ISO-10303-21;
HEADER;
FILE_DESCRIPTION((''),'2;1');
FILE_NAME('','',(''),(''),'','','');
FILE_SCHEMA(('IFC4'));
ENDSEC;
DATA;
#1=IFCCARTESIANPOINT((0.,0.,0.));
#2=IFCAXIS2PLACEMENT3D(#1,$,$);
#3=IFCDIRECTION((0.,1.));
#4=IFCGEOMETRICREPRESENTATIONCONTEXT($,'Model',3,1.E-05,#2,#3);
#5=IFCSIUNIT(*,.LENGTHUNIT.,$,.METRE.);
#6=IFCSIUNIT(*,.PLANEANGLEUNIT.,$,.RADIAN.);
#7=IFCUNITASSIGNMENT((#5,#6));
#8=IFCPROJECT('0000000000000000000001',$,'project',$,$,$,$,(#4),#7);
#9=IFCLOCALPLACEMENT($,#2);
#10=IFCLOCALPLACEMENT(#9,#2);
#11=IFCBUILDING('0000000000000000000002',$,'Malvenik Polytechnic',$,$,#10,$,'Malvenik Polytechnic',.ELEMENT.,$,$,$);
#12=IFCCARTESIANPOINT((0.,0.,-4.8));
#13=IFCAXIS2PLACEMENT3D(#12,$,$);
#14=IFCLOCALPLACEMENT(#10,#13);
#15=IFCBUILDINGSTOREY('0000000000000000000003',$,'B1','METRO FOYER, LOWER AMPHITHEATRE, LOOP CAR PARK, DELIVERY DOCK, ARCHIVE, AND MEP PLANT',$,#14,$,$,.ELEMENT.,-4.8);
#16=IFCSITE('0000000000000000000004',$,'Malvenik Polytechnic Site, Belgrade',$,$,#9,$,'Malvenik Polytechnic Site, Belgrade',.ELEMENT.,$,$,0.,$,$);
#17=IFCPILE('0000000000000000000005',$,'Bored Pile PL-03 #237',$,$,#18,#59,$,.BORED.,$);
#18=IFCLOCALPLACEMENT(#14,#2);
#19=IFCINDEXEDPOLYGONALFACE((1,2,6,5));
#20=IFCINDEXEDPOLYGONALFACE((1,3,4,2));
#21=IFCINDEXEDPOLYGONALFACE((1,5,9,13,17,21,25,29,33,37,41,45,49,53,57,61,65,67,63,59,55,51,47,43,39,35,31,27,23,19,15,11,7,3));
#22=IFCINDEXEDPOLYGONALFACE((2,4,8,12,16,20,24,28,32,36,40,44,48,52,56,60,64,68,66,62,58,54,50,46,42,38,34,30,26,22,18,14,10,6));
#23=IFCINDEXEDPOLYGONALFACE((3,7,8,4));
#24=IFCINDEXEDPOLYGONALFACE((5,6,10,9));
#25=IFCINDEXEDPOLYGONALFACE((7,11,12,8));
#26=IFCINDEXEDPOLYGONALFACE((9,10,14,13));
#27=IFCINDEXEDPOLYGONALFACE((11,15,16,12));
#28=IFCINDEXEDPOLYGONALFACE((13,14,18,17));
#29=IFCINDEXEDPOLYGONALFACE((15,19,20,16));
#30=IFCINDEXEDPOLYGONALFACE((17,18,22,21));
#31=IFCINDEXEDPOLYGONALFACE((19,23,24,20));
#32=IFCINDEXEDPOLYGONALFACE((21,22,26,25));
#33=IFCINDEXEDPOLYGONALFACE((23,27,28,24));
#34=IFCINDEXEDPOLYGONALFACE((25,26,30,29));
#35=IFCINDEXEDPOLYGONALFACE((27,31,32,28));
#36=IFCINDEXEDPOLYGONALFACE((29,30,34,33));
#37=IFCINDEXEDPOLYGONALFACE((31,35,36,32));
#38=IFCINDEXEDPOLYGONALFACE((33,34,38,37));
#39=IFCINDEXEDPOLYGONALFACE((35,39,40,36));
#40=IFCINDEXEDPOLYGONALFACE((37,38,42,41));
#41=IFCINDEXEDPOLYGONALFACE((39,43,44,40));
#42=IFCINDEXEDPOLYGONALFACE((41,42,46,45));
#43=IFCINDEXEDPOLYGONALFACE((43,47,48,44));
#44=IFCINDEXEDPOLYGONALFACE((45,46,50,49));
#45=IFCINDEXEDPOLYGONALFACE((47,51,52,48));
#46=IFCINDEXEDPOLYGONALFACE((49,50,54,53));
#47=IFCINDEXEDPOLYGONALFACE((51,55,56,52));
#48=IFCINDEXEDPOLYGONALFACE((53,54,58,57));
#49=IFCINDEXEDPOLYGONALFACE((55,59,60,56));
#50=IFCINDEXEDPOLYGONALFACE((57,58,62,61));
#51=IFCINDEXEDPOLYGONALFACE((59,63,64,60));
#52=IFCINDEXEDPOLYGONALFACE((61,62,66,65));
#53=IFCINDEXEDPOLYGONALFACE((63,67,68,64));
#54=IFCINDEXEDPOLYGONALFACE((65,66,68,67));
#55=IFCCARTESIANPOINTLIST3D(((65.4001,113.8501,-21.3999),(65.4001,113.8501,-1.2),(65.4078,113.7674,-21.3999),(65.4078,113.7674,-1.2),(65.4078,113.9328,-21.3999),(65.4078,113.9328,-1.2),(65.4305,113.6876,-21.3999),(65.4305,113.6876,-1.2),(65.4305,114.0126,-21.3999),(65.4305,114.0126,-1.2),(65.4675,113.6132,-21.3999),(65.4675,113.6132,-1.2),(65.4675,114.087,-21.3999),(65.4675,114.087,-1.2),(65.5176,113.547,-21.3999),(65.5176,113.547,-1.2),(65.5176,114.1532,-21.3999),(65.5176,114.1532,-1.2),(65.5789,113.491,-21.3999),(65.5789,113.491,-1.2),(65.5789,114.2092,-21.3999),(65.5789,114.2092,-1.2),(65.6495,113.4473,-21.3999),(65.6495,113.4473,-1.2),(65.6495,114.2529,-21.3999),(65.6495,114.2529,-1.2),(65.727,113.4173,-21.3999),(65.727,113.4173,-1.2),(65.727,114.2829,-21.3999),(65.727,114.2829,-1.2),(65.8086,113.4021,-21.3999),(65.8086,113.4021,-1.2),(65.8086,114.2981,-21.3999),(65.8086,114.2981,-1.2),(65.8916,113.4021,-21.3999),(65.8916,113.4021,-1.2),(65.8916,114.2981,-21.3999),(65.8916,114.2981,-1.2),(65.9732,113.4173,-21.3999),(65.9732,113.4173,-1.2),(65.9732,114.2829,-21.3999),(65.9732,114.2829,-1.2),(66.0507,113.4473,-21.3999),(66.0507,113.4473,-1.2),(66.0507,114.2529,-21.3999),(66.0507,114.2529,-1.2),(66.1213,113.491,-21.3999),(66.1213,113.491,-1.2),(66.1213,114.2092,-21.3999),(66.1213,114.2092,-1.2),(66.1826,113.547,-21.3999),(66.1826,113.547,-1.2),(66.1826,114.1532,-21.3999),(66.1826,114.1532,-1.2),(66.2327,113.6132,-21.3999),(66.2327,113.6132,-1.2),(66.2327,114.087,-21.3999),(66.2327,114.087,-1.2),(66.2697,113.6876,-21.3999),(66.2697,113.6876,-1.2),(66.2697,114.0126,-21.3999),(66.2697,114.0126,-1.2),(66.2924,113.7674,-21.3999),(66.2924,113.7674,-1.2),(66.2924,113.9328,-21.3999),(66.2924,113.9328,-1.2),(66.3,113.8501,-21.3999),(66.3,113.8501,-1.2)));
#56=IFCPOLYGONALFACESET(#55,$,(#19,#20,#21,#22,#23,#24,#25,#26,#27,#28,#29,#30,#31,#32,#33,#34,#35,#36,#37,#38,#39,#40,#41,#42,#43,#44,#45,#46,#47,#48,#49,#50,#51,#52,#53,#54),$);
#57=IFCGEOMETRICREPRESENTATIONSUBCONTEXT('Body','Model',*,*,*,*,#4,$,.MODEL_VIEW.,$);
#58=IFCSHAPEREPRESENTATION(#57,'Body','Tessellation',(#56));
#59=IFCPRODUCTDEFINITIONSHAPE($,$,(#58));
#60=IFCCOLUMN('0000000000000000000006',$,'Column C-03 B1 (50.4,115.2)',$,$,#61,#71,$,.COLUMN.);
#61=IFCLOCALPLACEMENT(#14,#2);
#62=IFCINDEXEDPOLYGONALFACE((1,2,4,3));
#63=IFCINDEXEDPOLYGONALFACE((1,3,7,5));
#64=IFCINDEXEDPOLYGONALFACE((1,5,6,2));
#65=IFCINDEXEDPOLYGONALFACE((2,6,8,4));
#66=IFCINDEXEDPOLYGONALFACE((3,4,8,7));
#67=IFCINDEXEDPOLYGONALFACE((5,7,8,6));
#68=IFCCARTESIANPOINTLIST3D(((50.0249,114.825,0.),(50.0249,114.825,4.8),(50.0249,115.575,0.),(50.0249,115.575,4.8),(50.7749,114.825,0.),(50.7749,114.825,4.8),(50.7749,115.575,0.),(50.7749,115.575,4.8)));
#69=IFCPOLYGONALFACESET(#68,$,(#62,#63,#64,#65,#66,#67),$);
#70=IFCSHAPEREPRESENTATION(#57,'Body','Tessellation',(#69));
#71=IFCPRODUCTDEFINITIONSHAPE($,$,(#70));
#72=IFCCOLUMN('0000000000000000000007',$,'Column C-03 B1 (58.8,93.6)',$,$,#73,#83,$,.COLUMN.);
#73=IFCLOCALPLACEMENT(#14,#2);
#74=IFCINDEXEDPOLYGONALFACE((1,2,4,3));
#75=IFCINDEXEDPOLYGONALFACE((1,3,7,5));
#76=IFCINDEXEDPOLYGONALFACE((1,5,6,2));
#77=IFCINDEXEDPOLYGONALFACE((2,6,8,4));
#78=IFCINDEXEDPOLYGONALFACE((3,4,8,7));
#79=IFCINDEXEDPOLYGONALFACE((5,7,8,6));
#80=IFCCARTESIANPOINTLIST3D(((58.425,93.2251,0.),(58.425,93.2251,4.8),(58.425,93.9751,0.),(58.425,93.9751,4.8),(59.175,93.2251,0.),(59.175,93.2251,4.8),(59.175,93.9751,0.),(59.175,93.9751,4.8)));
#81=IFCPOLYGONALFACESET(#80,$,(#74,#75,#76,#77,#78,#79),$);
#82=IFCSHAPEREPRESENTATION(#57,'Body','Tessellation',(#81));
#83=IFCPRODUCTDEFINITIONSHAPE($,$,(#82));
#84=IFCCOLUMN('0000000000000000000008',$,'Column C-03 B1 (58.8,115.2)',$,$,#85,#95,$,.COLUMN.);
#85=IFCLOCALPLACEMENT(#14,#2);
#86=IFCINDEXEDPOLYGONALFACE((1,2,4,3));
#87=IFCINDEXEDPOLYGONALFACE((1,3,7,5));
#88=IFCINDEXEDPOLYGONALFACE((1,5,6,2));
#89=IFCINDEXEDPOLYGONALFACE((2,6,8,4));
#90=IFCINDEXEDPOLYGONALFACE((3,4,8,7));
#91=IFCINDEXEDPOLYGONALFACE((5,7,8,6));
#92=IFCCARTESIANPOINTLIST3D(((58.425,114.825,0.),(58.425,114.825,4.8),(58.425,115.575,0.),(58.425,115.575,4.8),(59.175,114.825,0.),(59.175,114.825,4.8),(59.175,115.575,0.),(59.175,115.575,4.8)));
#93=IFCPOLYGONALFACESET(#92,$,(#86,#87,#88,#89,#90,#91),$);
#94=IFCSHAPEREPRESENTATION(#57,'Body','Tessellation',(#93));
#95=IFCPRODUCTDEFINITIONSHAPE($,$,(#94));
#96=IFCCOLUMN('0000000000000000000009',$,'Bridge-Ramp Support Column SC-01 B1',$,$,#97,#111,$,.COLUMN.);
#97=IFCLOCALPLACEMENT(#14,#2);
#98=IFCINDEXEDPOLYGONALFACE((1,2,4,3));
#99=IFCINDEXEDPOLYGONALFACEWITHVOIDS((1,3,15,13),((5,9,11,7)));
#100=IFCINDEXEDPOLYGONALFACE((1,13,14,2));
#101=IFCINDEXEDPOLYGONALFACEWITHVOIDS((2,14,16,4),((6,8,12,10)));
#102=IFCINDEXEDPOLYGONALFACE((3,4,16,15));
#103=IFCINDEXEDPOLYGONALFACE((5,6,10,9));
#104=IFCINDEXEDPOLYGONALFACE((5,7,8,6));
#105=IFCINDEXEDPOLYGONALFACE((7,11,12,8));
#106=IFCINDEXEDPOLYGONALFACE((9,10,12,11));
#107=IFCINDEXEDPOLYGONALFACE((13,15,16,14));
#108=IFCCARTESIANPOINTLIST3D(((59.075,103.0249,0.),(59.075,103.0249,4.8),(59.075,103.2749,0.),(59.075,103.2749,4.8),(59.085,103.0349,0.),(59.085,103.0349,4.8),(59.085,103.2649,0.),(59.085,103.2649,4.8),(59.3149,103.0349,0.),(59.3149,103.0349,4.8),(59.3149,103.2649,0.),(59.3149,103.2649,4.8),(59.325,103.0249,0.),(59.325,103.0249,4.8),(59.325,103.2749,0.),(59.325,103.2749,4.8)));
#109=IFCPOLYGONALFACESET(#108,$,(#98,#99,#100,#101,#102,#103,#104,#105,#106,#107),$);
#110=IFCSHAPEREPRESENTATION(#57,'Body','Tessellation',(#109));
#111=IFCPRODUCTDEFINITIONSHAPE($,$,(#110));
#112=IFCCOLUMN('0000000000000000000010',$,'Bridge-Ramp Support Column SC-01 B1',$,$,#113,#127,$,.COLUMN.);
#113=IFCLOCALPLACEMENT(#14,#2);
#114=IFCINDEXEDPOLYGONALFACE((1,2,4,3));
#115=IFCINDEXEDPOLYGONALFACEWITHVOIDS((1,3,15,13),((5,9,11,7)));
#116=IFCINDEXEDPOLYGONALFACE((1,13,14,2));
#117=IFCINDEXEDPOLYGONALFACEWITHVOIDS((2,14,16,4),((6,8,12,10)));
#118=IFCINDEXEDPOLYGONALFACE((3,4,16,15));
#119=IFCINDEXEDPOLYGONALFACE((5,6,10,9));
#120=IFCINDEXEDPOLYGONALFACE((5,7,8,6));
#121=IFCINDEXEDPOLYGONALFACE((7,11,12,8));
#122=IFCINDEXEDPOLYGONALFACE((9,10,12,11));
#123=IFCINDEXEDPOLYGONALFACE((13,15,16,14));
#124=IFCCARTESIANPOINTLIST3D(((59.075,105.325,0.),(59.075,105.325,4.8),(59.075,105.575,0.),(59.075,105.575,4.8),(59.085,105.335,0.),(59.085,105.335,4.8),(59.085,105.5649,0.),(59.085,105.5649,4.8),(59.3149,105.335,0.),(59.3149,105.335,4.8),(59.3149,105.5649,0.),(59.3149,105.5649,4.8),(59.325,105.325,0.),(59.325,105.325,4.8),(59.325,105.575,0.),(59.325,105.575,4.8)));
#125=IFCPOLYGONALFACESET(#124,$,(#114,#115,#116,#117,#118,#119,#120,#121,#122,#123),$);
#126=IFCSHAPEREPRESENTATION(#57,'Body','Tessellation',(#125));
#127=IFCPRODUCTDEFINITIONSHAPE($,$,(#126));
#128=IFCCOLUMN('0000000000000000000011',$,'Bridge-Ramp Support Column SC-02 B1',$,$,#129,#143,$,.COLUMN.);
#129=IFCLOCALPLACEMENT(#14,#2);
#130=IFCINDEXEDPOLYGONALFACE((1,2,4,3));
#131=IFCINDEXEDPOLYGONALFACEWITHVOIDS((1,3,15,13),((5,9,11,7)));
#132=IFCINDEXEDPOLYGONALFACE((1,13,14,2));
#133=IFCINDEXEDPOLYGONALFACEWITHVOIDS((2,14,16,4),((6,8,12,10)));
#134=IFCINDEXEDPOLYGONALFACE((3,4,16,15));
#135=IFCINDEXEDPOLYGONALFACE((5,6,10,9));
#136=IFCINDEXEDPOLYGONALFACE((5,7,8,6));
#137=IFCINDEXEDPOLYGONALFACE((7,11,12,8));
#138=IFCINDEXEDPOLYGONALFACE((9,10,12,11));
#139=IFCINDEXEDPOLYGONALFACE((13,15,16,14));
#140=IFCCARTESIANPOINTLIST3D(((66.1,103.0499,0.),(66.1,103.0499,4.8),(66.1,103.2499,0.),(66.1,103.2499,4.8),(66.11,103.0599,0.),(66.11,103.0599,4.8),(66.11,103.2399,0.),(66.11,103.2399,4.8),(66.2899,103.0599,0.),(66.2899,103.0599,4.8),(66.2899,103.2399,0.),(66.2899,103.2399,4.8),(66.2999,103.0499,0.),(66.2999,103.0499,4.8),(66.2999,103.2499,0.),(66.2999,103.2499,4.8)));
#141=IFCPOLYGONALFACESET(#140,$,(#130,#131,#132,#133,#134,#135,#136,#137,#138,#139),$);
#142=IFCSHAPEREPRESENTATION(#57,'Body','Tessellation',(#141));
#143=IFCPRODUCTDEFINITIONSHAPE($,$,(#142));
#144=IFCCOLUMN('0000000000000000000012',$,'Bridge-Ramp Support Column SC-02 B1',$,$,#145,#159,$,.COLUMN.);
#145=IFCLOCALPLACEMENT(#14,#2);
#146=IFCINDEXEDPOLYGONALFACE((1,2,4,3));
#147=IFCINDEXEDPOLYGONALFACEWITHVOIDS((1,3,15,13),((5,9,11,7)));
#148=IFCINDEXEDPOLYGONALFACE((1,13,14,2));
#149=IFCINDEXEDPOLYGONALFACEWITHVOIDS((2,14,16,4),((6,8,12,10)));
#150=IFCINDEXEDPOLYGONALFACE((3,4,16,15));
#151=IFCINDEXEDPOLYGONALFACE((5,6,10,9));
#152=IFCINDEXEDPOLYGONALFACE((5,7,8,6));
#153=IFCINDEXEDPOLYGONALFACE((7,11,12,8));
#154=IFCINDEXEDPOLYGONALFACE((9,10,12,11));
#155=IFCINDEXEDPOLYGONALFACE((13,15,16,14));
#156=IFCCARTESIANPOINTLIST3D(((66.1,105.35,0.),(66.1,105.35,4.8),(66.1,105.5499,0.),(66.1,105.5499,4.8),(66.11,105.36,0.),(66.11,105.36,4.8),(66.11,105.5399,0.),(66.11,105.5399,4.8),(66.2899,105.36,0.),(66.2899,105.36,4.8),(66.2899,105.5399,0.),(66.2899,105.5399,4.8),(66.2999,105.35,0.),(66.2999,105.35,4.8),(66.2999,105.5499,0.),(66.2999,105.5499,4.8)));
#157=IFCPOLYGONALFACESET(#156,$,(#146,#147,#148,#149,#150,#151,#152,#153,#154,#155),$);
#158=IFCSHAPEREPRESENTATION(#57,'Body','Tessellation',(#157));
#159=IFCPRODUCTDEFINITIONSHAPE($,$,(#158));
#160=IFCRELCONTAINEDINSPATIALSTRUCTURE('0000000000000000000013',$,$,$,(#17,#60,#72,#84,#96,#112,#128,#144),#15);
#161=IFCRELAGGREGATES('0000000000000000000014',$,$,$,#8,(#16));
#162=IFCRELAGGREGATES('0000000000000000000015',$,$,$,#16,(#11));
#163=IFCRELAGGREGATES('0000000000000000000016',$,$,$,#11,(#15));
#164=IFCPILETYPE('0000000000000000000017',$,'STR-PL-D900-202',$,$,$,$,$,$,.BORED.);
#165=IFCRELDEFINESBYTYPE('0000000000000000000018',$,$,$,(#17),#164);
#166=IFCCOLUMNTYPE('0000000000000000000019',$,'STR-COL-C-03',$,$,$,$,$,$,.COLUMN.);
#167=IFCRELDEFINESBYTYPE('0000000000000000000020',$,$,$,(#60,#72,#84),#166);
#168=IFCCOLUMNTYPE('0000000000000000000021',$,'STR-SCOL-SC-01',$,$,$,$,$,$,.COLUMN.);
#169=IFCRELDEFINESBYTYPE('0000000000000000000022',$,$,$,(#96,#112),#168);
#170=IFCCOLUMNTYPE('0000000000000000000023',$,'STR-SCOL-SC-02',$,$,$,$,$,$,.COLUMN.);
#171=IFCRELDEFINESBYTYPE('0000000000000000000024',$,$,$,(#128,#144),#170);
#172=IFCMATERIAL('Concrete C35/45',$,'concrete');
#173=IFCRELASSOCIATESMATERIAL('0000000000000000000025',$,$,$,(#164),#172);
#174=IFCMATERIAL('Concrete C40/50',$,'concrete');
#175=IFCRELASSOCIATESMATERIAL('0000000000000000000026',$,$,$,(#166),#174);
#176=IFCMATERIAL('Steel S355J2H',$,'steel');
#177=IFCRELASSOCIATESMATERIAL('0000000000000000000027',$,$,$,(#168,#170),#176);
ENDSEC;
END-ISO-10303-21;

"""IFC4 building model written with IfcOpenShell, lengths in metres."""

from ifc_helpers import new_model, si_unit, direction, frame, origin, origin_2d, place, context, subcontext, project, spatial, rectangle, hollow_rectangle, circle, extrude, material, material_profile, profile_set, type_object, element, save


model = new_model("IFC4")

# Units and contexts
model_context = context("Model", 3, precision=1e-05, world=origin(), true_north=direction((0.0, 1.0)))
body_context = subcontext(model_context, "Body", "Model", "MODEL_VIEW")
ifc_project = project(units=[si_unit("LENGTHUNIT", "METRE"), si_unit("PLANEANGLEUNIT", "RADIAN")], contexts=[model_context])

# Site, building, storey
site_placement = place(None, origin())
site = spatial("IfcSite", under=ifc_project, at=site_placement, Name="Malvenik Polytechnic Site, Belgrade", LongName="Malvenik Polytechnic Site, Belgrade", CompositionType="ELEMENT", RefElevation=0.0)
building_placement = place(site_placement, origin())
building = spatial("IfcBuilding", under=site, at=building_placement, Name="Malvenik Polytechnic", LongName="Malvenik Polytechnic", CompositionType="ELEMENT")
storey_placement = place(building_placement, frame((0.0, 0.0, -4.8)))
storey = spatial("IfcBuildingStorey", under=building, at=storey_placement, Name="B1", Description="METRO FOYER, LOWER AMPHITHEATRE, LOOP CAR PARK, DELIVERY DOCK, ARCHIVE, AND MEP PLANT", CompositionType="ELEMENT", Elevation=-4.8)

# Shared definitions
ifc_material_1 = material(Name="Concrete C35/45", Category="concrete")

# Pile
ifc_material_profile_1 = material_profile(ifc_material_1, circle(Radius=0.45, at=origin_2d()), Name="BORED PILE D900")
ifc_profile_set_1 = profile_set([ifc_material_profile_1], Name="Concrete C35/45")
pile_type = type_object("IfcPileType", Name="STR-PL-D900-202", PredefinedType="BORED", material=ifc_profile_set_1)
for number, where, z_axis, x_axis, name in (
    (1, (65.8501, 113.8501, -1.2), (0.0, 0.0, -1.0), (1.0, 0.0, 0.0), "Bored Pile PL-03 #237"),
):
    element("IfcPile", number, at=place(storey_placement, frame(where, z_axis=z_axis, x_axis=x_axis)), inside=storey, type_object=pile_type, Name=name, PredefinedType="BORED", context=body_context, shape_type="SweptSolid", body=[
        extrude(circle(Radius=0.45, at=origin_2d()), origin(), (0.0, 0.0, 1.0), 20.2),
    ])

# Columns
ifc_material_2 = material(Name="Concrete C40/50", Category="concrete")
ifc_material_profile_2 = material_profile(ifc_material_2, rectangle(XDim=0.75, YDim=0.75, at=origin_2d()), Name="RC COL 750x750")
ifc_profile_set_2 = profile_set([ifc_material_profile_2], Name="Concrete C40/50")
column_type_1 = type_object("IfcColumnType", Name="STR-COL-C-03", PredefinedType="COLUMN", material=ifc_profile_set_2)
for number, where, z_axis, x_axis, name in (
    (2, (50.3999, 115.2, 0.0), (0.0, 0.0, 1.0), (1.0, 0.0, 0.0), "Column C-03 B1 (50.4,115.2)"),
    (3, (58.8, 93.6001, 0.0), (0.0, 0.0, 1.0), (1.0, 0.0, 0.0), "Column C-03 B1 (58.8,93.6)"),
    (4, (58.8, 115.2, 0.0), (0.0, 0.0, 1.0), (1.0, 0.0, 0.0), "Column C-03 B1 (58.8,115.2)"),
):
    element("IfcColumn", number, at=place(storey_placement, frame(where, z_axis=z_axis, x_axis=x_axis)), inside=storey, type_object=column_type_1, Name=name, PredefinedType="COLUMN", context=body_context, shape_type="SweptSolid", body=[
        extrude(rectangle(XDim=0.75, YDim=0.75, at=origin_2d()), origin(), (0.0, 0.0, 1.0), 4.8),
    ])
ifc_material_3 = material(Name="Steel S355J2H", Category="steel")
ifc_material_profile_3 = material_profile(ifc_material_3, hollow_rectangle(XDim=0.25, YDim=0.25, WallThickness=0.01, at=origin_2d()), Name="SHS 250x250x10.0")
ifc_profile_set_3 = profile_set([ifc_material_profile_3], Name="Steel S355J2H")
column_type_2 = type_object("IfcColumnType", Name="STR-SCOL-SC-01", PredefinedType="COLUMN", material=ifc_profile_set_3)
for number, where, z_axis, x_axis, name in (
    (5, (59.2, 103.1499, 0.0), (0.0, 0.0, 1.0), (1.0, 0.0, 0.0), "Bridge-Ramp Support Column SC-01 B1"),
    (6, (59.2, 105.45, 0.0), (0.0, 0.0, 1.0), (1.0, 0.0, 0.0), "Bridge-Ramp Support Column SC-01 B1"),
):
    element("IfcColumn", number, at=place(storey_placement, frame(where, z_axis=z_axis, x_axis=x_axis)), inside=storey, type_object=column_type_2, Name=name, PredefinedType="COLUMN", context=body_context, shape_type="SweptSolid", body=[
        extrude(hollow_rectangle(XDim=0.25, YDim=0.25, WallThickness=0.01, at=origin_2d()), origin(), (0.0, 0.0, 1.0), 4.8),
    ])
ifc_material_profile_4 = material_profile(ifc_material_3, hollow_rectangle(XDim=0.2, YDim=0.2, WallThickness=0.01, at=origin_2d()), Name="SHS 200x200x10.0")
ifc_profile_set_4 = profile_set([ifc_material_profile_4], Name="Steel S355J2H")
column_type_3 = type_object("IfcColumnType", Name="STR-SCOL-SC-02", PredefinedType="COLUMN", material=ifc_profile_set_4)
for number, where, z_axis, x_axis, name in (
    (7, (66.2, 103.1499, 0.0), (0.0, 0.0, 1.0), (1.0, 0.0, 0.0), "Bridge-Ramp Support Column SC-02 B1"),
    (8, (66.2, 105.45, 0.0), (0.0, 0.0, 1.0), (1.0, 0.0, 0.0), "Bridge-Ramp Support Column SC-02 B1"),
):
    element("IfcColumn", number, at=place(storey_placement, frame(where, z_axis=z_axis, x_axis=x_axis)), inside=storey, type_object=column_type_3, Name=name, PredefinedType="COLUMN", context=body_context, shape_type="SweptSolid", body=[
        extrude(hollow_rectangle(XDim=0.2, YDim=0.2, WallThickness=0.01, at=origin_2d()), origin(), (0.0, 0.0, 1.0), 4.8),
    ])

save(model, "model.ifc")
